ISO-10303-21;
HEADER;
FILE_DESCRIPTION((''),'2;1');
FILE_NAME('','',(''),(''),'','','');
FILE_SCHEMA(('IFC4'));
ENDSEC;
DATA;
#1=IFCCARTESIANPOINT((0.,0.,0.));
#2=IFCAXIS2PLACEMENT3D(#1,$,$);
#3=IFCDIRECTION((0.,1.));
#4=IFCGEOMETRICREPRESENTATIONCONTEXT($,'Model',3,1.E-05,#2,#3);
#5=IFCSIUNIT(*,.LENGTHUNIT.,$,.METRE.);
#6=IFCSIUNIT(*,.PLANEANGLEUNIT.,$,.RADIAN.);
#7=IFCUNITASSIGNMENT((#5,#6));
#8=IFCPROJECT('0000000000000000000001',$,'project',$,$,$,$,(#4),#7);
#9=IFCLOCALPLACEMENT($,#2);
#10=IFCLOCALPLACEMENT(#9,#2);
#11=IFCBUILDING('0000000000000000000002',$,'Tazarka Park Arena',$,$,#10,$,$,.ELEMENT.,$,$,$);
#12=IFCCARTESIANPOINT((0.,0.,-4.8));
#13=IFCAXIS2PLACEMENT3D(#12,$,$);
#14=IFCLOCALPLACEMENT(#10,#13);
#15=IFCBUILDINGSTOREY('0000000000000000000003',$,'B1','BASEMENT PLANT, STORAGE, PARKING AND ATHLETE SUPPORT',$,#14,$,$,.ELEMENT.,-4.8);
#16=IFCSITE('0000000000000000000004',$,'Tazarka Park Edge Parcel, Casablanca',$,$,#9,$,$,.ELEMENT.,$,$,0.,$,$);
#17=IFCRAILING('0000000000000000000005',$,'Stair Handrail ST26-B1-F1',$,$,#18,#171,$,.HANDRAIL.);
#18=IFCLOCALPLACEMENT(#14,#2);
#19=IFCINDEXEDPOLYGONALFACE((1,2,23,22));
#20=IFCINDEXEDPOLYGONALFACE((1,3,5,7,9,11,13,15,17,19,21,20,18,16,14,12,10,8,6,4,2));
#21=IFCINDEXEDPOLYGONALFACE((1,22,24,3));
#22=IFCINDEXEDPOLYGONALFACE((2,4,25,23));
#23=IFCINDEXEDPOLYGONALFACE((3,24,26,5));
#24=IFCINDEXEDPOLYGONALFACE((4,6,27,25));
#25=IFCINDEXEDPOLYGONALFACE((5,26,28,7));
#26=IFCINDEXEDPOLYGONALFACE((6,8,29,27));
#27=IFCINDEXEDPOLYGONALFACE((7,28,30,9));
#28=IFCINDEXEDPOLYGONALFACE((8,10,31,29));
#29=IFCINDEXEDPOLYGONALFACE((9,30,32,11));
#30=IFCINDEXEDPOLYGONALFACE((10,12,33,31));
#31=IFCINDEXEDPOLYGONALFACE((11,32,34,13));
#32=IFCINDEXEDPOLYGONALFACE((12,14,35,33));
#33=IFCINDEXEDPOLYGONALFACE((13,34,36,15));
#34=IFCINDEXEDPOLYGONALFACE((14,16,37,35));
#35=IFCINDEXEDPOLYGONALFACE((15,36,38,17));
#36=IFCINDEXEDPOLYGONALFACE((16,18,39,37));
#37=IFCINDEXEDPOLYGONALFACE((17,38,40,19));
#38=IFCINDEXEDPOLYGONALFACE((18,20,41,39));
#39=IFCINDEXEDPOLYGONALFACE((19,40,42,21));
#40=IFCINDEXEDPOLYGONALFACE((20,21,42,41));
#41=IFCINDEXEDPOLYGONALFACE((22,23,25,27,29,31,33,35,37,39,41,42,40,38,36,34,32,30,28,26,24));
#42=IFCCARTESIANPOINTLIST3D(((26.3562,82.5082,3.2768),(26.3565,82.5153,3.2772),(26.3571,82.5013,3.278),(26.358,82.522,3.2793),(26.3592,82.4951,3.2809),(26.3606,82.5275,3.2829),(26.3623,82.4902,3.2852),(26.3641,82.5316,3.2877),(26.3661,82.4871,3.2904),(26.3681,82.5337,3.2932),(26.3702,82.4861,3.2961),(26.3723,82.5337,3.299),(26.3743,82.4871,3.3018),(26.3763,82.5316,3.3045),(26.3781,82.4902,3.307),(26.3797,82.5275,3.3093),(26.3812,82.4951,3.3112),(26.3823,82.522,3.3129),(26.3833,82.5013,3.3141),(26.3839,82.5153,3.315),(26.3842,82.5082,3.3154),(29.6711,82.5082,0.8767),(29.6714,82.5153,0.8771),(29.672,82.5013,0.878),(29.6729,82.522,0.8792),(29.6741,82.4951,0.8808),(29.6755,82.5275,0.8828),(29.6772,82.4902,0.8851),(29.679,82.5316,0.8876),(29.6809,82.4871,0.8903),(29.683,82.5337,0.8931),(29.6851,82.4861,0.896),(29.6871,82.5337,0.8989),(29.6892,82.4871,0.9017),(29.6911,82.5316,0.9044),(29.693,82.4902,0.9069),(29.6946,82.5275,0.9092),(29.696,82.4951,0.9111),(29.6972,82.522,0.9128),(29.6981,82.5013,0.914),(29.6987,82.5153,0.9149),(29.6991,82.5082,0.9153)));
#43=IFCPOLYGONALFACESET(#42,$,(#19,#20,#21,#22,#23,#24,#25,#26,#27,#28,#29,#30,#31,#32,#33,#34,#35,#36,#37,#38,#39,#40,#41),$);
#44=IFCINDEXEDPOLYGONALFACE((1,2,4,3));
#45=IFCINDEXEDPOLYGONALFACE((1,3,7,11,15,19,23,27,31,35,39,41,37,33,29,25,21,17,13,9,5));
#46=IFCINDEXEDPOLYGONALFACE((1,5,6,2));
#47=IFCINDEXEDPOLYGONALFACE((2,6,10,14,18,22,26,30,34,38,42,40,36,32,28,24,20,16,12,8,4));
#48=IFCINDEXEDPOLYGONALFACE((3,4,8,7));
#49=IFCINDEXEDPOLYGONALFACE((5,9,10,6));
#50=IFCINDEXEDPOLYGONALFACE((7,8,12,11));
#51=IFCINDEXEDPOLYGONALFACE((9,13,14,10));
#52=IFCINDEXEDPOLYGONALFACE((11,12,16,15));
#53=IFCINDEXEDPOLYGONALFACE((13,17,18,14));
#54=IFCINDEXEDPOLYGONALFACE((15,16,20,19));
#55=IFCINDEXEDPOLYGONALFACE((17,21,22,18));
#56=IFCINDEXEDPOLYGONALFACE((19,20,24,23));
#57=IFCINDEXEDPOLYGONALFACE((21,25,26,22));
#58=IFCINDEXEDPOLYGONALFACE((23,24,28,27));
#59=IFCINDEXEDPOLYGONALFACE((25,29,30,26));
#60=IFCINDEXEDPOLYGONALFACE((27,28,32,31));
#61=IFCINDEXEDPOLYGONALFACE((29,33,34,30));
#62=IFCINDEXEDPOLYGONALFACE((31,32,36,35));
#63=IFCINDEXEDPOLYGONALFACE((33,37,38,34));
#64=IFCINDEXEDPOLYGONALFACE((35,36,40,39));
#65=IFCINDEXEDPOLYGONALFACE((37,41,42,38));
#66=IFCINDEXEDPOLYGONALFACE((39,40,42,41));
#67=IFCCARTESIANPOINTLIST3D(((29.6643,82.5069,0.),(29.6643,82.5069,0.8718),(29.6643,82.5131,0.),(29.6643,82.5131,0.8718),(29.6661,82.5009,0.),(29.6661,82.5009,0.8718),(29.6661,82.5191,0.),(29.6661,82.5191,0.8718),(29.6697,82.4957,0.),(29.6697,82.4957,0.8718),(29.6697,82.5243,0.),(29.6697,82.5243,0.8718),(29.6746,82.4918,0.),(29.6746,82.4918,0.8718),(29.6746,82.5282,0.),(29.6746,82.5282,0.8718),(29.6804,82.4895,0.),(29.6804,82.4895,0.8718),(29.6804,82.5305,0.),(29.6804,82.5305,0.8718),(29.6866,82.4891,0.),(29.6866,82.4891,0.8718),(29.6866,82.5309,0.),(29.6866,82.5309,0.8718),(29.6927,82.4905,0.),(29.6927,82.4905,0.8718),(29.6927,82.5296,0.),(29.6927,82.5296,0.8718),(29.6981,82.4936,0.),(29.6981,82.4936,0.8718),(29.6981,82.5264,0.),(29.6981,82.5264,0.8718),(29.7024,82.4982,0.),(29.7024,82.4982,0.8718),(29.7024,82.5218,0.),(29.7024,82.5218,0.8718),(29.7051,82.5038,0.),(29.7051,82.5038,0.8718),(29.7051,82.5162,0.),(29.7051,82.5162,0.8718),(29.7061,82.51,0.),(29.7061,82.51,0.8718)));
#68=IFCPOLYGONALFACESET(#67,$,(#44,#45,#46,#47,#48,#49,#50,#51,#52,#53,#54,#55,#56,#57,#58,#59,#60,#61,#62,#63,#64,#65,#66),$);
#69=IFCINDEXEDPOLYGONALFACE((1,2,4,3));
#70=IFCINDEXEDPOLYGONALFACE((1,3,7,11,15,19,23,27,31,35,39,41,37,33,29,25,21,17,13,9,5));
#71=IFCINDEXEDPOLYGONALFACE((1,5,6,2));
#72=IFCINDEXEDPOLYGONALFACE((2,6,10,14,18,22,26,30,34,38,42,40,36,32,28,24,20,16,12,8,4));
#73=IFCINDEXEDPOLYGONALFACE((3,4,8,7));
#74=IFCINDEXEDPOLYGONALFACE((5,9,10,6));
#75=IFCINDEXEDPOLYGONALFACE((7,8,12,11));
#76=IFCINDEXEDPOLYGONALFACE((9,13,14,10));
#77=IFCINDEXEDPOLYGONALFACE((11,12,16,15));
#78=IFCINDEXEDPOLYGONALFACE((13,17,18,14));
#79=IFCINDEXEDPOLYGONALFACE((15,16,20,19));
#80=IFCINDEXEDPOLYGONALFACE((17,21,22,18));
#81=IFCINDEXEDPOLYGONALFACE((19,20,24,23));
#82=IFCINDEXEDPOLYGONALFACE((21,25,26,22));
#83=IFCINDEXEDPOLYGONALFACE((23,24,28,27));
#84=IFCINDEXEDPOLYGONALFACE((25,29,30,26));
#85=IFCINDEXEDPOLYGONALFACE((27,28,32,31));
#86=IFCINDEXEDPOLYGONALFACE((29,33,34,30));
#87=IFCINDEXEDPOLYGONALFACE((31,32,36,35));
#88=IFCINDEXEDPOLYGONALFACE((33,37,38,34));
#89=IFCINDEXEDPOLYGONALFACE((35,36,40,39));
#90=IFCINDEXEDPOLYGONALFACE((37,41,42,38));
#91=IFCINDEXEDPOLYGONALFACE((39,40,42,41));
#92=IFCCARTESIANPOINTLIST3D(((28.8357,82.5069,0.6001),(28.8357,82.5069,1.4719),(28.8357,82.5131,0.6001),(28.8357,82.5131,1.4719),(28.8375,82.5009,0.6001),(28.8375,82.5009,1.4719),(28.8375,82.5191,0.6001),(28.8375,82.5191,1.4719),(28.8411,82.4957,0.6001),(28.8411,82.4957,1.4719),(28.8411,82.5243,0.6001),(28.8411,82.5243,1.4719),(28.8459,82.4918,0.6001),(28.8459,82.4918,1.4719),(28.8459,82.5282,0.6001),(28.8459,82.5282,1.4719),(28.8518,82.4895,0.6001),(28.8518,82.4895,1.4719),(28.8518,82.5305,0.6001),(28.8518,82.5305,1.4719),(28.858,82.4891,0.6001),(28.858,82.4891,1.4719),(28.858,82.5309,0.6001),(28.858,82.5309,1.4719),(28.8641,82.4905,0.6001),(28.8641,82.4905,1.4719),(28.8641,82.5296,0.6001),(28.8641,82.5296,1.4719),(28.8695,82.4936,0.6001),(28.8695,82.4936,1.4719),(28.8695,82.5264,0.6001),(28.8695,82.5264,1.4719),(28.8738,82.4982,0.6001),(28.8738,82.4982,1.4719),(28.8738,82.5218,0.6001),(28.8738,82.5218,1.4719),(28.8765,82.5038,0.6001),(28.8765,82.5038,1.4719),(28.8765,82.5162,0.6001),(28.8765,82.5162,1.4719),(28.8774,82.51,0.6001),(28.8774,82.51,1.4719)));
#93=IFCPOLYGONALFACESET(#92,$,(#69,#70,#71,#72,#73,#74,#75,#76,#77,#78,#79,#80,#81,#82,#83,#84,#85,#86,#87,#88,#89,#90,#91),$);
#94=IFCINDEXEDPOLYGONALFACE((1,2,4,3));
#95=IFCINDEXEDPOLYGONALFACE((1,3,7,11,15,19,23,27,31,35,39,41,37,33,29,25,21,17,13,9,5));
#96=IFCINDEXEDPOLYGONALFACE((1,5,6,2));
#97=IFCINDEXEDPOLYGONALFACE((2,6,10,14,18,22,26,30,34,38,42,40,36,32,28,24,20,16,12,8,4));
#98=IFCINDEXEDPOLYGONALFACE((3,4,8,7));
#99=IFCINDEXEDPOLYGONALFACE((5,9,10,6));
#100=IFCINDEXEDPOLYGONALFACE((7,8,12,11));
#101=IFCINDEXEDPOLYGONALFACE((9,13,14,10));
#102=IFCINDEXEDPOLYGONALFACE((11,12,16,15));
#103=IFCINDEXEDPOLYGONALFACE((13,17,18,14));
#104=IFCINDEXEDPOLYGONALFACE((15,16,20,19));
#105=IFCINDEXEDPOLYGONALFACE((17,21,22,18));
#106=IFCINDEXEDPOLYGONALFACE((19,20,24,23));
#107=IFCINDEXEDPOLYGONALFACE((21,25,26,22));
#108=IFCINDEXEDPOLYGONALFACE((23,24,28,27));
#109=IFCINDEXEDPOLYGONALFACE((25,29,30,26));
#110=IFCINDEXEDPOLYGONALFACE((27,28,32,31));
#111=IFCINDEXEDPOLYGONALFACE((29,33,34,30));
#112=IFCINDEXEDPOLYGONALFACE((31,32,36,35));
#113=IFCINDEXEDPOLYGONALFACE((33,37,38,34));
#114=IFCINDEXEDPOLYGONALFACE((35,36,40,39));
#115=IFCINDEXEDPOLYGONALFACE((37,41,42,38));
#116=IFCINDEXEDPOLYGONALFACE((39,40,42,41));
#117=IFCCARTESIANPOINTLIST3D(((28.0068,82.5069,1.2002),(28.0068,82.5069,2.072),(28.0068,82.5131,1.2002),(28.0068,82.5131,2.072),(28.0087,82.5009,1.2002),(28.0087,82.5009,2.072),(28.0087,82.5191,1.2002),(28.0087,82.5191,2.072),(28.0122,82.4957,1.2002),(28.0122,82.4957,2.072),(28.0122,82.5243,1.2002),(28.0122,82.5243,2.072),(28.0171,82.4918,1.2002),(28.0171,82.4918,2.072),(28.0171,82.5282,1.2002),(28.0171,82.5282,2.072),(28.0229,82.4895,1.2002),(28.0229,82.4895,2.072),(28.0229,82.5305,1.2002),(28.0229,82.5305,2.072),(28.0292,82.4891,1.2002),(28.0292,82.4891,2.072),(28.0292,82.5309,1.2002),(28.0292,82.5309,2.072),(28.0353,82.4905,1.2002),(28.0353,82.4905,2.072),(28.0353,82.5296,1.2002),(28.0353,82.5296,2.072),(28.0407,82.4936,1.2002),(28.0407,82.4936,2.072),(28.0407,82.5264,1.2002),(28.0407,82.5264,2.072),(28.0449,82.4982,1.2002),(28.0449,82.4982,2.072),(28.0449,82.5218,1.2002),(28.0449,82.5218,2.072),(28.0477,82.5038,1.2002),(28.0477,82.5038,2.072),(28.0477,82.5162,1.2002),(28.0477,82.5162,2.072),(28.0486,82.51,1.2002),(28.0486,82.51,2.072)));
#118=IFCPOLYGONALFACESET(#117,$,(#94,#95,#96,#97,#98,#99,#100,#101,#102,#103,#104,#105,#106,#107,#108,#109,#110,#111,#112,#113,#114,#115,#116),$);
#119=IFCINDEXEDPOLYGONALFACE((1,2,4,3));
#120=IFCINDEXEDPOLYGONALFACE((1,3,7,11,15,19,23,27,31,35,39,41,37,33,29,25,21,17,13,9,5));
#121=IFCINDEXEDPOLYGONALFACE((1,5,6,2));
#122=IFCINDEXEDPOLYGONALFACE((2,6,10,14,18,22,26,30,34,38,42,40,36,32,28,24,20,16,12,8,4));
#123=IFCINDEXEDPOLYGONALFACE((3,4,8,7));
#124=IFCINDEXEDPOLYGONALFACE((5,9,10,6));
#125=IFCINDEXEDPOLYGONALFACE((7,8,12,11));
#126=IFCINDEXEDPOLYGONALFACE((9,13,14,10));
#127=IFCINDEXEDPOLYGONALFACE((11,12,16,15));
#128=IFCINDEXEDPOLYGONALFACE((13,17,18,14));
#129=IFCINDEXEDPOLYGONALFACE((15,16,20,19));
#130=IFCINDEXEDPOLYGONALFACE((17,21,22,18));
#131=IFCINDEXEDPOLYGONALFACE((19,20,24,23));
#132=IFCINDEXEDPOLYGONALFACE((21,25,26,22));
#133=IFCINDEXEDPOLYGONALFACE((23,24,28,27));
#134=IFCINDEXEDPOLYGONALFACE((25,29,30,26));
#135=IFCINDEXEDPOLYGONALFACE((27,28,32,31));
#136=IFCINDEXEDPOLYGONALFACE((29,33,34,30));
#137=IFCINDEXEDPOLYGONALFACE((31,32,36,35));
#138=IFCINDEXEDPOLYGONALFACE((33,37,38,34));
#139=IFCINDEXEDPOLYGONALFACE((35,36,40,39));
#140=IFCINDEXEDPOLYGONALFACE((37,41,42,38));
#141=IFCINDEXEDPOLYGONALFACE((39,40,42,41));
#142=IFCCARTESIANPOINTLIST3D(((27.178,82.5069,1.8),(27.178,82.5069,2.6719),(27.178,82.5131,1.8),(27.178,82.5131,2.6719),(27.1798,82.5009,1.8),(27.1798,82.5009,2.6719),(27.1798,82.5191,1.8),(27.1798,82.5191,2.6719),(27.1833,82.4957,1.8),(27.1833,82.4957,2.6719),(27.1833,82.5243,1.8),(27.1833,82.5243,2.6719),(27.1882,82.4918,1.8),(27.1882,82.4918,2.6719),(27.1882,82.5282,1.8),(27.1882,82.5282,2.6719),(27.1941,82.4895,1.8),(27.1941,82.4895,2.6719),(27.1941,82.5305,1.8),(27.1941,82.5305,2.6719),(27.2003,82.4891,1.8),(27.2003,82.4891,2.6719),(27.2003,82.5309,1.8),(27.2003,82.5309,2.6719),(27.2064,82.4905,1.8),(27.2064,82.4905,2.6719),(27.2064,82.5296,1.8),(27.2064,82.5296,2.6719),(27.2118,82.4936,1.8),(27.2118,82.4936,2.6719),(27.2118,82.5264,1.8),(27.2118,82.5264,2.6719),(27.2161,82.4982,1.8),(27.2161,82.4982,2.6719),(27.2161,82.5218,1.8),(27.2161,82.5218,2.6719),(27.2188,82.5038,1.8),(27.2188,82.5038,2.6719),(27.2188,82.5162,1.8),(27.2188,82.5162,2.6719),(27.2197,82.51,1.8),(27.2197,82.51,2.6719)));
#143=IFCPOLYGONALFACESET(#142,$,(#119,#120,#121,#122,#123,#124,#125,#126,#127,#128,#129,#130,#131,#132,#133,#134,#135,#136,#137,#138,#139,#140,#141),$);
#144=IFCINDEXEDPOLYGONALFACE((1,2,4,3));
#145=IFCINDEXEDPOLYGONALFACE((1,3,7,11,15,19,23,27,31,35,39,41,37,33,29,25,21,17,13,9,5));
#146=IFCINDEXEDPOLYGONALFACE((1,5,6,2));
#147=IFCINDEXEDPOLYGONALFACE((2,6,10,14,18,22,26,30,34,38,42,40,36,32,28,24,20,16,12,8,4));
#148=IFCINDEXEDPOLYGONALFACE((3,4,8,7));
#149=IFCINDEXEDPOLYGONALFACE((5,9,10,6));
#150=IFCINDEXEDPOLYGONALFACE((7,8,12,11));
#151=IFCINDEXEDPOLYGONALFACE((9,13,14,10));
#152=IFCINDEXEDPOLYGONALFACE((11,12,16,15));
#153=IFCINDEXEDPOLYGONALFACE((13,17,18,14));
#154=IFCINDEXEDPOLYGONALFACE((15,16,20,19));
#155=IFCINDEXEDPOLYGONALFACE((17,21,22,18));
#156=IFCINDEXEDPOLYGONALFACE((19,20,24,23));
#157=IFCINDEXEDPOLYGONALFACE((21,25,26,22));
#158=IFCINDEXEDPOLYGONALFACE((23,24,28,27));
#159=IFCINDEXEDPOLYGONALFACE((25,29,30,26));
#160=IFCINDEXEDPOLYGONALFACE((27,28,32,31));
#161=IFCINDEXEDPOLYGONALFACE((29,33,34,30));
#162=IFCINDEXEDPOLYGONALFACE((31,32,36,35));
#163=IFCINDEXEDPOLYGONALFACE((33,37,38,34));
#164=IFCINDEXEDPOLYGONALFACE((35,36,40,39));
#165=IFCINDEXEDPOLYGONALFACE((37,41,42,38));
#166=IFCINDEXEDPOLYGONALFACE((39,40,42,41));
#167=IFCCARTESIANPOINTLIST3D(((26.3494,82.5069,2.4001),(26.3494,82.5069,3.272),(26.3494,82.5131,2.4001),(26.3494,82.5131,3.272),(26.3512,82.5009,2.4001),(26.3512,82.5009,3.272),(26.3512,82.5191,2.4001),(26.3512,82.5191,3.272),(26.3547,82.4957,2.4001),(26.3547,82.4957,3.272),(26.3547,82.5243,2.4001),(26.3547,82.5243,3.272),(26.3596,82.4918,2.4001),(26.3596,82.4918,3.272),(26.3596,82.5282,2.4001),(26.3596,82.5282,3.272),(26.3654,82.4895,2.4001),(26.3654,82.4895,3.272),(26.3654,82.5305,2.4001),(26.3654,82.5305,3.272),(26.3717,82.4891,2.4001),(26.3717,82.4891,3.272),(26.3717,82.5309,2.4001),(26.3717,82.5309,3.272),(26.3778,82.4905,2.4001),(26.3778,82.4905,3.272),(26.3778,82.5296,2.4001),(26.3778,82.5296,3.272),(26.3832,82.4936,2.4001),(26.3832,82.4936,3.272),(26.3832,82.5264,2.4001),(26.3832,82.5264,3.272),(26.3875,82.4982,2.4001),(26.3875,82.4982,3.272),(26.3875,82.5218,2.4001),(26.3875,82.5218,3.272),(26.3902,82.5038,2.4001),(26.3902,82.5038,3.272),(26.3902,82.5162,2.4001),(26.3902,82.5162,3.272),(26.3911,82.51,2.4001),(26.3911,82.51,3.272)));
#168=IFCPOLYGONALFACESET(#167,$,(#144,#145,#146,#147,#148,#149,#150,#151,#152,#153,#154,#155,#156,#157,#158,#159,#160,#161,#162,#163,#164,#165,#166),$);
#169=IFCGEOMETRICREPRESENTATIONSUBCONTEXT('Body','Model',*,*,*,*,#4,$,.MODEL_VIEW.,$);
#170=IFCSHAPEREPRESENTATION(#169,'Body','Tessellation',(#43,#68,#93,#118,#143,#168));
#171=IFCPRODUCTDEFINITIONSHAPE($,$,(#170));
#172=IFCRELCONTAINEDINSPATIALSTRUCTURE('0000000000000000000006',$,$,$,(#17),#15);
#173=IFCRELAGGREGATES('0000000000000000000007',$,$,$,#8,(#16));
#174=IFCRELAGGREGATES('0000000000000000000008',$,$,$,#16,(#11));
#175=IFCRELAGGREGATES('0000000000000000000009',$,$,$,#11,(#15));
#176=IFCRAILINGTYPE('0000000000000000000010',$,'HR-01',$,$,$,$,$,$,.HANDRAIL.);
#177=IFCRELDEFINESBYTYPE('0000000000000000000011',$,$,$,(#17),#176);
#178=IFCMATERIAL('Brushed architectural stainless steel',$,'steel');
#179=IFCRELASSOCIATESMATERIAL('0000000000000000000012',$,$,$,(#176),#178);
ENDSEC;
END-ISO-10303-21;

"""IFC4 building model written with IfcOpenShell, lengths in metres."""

from ifc_helpers import new_model, si_unit, direction, frame, origin, origin_2d, place, context, subcontext, project, spatial, circle, extrude, material, type_object, element, save


model = new_model("IFC4")

# Units and contexts
model_context = context("Model", 3, precision=1e-05, world=origin(), true_north=direction((0.0, 1.0)))
body_context = subcontext(model_context, "Body", "Model", "MODEL_VIEW")
ifc_project = project(units=[si_unit("LENGTHUNIT", "METRE"), si_unit("PLANEANGLEUNIT", "RADIAN")], contexts=[model_context])

# Site, building, storey
site_placement = place(None, origin())
site = spatial("IfcSite", under=ifc_project, at=site_placement, Name="Tazarka Park Edge Parcel, Casablanca", CompositionType="ELEMENT", RefElevation=0.0)
building_placement = place(site_placement, origin())
building = spatial("IfcBuilding", under=site, at=building_placement, Name="Tazarka Park Arena", CompositionType="ELEMENT")
storey_placement = place(building_placement, frame((0.0, 0.0, -4.8)))
storey = spatial("IfcBuildingStorey", under=building, at=storey_placement, Name="B1", Description="BASEMENT PLANT, STORAGE, PARKING AND ATHLETE SUPPORT", CompositionType="ELEMENT", Elevation=-4.8)

# Railing
ifc_material_1 = material(Name="Brushed architectural stainless steel", Category="steel")
railing_type_1 = type_object("IfcRailingType", Name="HR-01", PredefinedType="HANDRAIL", material=ifc_material_1)
railing_1_placement = place(storey_placement, frame((29.6851, 82.51, 0.0)))
element("IfcRailing", 1, at=railing_1_placement, inside=storey, type_object=railing_type_1, Name="Stair Handrail ST26-B1-F1", PredefinedType="HANDRAIL", context=body_context, shape_type="SweptSolid", body=[
    extrude(circle(Radius=0.0239, at=origin_2d()), frame((0.0, 0.0, 0.896), z_axis=(-0.80998, 0.0, 0.586457), x_axis=(0.0, -1.0, 0.0)), (0.0, 0.0, 1.0), 4.0925),
    extrude(circle(Radius=0.021, at=origin_2d()), origin(), (0.0, 0.0, 1.0), 0.8718),
    extrude(circle(Radius=0.021, at=origin_2d()), frame((-0.8286, 0.0, 0.6001)), (0.0, 0.0, 1.0), 0.8718),
    extrude(circle(Radius=0.021, at=origin_2d()), frame((-1.6575, 0.0, 1.2002)), (0.0, 0.0, 1.0), 0.8718),
    extrude(circle(Radius=0.021, at=origin_2d()), frame((-2.4863, 0.0, 1.8)), (0.0, 0.0, 1.0), 0.8718),
    extrude(circle(Radius=0.021, at=origin_2d()), frame((-3.3149, 0.0, 2.4001)), (0.0, 0.0, 1.0), 0.8718),
])

save(model, "model.ifc")
